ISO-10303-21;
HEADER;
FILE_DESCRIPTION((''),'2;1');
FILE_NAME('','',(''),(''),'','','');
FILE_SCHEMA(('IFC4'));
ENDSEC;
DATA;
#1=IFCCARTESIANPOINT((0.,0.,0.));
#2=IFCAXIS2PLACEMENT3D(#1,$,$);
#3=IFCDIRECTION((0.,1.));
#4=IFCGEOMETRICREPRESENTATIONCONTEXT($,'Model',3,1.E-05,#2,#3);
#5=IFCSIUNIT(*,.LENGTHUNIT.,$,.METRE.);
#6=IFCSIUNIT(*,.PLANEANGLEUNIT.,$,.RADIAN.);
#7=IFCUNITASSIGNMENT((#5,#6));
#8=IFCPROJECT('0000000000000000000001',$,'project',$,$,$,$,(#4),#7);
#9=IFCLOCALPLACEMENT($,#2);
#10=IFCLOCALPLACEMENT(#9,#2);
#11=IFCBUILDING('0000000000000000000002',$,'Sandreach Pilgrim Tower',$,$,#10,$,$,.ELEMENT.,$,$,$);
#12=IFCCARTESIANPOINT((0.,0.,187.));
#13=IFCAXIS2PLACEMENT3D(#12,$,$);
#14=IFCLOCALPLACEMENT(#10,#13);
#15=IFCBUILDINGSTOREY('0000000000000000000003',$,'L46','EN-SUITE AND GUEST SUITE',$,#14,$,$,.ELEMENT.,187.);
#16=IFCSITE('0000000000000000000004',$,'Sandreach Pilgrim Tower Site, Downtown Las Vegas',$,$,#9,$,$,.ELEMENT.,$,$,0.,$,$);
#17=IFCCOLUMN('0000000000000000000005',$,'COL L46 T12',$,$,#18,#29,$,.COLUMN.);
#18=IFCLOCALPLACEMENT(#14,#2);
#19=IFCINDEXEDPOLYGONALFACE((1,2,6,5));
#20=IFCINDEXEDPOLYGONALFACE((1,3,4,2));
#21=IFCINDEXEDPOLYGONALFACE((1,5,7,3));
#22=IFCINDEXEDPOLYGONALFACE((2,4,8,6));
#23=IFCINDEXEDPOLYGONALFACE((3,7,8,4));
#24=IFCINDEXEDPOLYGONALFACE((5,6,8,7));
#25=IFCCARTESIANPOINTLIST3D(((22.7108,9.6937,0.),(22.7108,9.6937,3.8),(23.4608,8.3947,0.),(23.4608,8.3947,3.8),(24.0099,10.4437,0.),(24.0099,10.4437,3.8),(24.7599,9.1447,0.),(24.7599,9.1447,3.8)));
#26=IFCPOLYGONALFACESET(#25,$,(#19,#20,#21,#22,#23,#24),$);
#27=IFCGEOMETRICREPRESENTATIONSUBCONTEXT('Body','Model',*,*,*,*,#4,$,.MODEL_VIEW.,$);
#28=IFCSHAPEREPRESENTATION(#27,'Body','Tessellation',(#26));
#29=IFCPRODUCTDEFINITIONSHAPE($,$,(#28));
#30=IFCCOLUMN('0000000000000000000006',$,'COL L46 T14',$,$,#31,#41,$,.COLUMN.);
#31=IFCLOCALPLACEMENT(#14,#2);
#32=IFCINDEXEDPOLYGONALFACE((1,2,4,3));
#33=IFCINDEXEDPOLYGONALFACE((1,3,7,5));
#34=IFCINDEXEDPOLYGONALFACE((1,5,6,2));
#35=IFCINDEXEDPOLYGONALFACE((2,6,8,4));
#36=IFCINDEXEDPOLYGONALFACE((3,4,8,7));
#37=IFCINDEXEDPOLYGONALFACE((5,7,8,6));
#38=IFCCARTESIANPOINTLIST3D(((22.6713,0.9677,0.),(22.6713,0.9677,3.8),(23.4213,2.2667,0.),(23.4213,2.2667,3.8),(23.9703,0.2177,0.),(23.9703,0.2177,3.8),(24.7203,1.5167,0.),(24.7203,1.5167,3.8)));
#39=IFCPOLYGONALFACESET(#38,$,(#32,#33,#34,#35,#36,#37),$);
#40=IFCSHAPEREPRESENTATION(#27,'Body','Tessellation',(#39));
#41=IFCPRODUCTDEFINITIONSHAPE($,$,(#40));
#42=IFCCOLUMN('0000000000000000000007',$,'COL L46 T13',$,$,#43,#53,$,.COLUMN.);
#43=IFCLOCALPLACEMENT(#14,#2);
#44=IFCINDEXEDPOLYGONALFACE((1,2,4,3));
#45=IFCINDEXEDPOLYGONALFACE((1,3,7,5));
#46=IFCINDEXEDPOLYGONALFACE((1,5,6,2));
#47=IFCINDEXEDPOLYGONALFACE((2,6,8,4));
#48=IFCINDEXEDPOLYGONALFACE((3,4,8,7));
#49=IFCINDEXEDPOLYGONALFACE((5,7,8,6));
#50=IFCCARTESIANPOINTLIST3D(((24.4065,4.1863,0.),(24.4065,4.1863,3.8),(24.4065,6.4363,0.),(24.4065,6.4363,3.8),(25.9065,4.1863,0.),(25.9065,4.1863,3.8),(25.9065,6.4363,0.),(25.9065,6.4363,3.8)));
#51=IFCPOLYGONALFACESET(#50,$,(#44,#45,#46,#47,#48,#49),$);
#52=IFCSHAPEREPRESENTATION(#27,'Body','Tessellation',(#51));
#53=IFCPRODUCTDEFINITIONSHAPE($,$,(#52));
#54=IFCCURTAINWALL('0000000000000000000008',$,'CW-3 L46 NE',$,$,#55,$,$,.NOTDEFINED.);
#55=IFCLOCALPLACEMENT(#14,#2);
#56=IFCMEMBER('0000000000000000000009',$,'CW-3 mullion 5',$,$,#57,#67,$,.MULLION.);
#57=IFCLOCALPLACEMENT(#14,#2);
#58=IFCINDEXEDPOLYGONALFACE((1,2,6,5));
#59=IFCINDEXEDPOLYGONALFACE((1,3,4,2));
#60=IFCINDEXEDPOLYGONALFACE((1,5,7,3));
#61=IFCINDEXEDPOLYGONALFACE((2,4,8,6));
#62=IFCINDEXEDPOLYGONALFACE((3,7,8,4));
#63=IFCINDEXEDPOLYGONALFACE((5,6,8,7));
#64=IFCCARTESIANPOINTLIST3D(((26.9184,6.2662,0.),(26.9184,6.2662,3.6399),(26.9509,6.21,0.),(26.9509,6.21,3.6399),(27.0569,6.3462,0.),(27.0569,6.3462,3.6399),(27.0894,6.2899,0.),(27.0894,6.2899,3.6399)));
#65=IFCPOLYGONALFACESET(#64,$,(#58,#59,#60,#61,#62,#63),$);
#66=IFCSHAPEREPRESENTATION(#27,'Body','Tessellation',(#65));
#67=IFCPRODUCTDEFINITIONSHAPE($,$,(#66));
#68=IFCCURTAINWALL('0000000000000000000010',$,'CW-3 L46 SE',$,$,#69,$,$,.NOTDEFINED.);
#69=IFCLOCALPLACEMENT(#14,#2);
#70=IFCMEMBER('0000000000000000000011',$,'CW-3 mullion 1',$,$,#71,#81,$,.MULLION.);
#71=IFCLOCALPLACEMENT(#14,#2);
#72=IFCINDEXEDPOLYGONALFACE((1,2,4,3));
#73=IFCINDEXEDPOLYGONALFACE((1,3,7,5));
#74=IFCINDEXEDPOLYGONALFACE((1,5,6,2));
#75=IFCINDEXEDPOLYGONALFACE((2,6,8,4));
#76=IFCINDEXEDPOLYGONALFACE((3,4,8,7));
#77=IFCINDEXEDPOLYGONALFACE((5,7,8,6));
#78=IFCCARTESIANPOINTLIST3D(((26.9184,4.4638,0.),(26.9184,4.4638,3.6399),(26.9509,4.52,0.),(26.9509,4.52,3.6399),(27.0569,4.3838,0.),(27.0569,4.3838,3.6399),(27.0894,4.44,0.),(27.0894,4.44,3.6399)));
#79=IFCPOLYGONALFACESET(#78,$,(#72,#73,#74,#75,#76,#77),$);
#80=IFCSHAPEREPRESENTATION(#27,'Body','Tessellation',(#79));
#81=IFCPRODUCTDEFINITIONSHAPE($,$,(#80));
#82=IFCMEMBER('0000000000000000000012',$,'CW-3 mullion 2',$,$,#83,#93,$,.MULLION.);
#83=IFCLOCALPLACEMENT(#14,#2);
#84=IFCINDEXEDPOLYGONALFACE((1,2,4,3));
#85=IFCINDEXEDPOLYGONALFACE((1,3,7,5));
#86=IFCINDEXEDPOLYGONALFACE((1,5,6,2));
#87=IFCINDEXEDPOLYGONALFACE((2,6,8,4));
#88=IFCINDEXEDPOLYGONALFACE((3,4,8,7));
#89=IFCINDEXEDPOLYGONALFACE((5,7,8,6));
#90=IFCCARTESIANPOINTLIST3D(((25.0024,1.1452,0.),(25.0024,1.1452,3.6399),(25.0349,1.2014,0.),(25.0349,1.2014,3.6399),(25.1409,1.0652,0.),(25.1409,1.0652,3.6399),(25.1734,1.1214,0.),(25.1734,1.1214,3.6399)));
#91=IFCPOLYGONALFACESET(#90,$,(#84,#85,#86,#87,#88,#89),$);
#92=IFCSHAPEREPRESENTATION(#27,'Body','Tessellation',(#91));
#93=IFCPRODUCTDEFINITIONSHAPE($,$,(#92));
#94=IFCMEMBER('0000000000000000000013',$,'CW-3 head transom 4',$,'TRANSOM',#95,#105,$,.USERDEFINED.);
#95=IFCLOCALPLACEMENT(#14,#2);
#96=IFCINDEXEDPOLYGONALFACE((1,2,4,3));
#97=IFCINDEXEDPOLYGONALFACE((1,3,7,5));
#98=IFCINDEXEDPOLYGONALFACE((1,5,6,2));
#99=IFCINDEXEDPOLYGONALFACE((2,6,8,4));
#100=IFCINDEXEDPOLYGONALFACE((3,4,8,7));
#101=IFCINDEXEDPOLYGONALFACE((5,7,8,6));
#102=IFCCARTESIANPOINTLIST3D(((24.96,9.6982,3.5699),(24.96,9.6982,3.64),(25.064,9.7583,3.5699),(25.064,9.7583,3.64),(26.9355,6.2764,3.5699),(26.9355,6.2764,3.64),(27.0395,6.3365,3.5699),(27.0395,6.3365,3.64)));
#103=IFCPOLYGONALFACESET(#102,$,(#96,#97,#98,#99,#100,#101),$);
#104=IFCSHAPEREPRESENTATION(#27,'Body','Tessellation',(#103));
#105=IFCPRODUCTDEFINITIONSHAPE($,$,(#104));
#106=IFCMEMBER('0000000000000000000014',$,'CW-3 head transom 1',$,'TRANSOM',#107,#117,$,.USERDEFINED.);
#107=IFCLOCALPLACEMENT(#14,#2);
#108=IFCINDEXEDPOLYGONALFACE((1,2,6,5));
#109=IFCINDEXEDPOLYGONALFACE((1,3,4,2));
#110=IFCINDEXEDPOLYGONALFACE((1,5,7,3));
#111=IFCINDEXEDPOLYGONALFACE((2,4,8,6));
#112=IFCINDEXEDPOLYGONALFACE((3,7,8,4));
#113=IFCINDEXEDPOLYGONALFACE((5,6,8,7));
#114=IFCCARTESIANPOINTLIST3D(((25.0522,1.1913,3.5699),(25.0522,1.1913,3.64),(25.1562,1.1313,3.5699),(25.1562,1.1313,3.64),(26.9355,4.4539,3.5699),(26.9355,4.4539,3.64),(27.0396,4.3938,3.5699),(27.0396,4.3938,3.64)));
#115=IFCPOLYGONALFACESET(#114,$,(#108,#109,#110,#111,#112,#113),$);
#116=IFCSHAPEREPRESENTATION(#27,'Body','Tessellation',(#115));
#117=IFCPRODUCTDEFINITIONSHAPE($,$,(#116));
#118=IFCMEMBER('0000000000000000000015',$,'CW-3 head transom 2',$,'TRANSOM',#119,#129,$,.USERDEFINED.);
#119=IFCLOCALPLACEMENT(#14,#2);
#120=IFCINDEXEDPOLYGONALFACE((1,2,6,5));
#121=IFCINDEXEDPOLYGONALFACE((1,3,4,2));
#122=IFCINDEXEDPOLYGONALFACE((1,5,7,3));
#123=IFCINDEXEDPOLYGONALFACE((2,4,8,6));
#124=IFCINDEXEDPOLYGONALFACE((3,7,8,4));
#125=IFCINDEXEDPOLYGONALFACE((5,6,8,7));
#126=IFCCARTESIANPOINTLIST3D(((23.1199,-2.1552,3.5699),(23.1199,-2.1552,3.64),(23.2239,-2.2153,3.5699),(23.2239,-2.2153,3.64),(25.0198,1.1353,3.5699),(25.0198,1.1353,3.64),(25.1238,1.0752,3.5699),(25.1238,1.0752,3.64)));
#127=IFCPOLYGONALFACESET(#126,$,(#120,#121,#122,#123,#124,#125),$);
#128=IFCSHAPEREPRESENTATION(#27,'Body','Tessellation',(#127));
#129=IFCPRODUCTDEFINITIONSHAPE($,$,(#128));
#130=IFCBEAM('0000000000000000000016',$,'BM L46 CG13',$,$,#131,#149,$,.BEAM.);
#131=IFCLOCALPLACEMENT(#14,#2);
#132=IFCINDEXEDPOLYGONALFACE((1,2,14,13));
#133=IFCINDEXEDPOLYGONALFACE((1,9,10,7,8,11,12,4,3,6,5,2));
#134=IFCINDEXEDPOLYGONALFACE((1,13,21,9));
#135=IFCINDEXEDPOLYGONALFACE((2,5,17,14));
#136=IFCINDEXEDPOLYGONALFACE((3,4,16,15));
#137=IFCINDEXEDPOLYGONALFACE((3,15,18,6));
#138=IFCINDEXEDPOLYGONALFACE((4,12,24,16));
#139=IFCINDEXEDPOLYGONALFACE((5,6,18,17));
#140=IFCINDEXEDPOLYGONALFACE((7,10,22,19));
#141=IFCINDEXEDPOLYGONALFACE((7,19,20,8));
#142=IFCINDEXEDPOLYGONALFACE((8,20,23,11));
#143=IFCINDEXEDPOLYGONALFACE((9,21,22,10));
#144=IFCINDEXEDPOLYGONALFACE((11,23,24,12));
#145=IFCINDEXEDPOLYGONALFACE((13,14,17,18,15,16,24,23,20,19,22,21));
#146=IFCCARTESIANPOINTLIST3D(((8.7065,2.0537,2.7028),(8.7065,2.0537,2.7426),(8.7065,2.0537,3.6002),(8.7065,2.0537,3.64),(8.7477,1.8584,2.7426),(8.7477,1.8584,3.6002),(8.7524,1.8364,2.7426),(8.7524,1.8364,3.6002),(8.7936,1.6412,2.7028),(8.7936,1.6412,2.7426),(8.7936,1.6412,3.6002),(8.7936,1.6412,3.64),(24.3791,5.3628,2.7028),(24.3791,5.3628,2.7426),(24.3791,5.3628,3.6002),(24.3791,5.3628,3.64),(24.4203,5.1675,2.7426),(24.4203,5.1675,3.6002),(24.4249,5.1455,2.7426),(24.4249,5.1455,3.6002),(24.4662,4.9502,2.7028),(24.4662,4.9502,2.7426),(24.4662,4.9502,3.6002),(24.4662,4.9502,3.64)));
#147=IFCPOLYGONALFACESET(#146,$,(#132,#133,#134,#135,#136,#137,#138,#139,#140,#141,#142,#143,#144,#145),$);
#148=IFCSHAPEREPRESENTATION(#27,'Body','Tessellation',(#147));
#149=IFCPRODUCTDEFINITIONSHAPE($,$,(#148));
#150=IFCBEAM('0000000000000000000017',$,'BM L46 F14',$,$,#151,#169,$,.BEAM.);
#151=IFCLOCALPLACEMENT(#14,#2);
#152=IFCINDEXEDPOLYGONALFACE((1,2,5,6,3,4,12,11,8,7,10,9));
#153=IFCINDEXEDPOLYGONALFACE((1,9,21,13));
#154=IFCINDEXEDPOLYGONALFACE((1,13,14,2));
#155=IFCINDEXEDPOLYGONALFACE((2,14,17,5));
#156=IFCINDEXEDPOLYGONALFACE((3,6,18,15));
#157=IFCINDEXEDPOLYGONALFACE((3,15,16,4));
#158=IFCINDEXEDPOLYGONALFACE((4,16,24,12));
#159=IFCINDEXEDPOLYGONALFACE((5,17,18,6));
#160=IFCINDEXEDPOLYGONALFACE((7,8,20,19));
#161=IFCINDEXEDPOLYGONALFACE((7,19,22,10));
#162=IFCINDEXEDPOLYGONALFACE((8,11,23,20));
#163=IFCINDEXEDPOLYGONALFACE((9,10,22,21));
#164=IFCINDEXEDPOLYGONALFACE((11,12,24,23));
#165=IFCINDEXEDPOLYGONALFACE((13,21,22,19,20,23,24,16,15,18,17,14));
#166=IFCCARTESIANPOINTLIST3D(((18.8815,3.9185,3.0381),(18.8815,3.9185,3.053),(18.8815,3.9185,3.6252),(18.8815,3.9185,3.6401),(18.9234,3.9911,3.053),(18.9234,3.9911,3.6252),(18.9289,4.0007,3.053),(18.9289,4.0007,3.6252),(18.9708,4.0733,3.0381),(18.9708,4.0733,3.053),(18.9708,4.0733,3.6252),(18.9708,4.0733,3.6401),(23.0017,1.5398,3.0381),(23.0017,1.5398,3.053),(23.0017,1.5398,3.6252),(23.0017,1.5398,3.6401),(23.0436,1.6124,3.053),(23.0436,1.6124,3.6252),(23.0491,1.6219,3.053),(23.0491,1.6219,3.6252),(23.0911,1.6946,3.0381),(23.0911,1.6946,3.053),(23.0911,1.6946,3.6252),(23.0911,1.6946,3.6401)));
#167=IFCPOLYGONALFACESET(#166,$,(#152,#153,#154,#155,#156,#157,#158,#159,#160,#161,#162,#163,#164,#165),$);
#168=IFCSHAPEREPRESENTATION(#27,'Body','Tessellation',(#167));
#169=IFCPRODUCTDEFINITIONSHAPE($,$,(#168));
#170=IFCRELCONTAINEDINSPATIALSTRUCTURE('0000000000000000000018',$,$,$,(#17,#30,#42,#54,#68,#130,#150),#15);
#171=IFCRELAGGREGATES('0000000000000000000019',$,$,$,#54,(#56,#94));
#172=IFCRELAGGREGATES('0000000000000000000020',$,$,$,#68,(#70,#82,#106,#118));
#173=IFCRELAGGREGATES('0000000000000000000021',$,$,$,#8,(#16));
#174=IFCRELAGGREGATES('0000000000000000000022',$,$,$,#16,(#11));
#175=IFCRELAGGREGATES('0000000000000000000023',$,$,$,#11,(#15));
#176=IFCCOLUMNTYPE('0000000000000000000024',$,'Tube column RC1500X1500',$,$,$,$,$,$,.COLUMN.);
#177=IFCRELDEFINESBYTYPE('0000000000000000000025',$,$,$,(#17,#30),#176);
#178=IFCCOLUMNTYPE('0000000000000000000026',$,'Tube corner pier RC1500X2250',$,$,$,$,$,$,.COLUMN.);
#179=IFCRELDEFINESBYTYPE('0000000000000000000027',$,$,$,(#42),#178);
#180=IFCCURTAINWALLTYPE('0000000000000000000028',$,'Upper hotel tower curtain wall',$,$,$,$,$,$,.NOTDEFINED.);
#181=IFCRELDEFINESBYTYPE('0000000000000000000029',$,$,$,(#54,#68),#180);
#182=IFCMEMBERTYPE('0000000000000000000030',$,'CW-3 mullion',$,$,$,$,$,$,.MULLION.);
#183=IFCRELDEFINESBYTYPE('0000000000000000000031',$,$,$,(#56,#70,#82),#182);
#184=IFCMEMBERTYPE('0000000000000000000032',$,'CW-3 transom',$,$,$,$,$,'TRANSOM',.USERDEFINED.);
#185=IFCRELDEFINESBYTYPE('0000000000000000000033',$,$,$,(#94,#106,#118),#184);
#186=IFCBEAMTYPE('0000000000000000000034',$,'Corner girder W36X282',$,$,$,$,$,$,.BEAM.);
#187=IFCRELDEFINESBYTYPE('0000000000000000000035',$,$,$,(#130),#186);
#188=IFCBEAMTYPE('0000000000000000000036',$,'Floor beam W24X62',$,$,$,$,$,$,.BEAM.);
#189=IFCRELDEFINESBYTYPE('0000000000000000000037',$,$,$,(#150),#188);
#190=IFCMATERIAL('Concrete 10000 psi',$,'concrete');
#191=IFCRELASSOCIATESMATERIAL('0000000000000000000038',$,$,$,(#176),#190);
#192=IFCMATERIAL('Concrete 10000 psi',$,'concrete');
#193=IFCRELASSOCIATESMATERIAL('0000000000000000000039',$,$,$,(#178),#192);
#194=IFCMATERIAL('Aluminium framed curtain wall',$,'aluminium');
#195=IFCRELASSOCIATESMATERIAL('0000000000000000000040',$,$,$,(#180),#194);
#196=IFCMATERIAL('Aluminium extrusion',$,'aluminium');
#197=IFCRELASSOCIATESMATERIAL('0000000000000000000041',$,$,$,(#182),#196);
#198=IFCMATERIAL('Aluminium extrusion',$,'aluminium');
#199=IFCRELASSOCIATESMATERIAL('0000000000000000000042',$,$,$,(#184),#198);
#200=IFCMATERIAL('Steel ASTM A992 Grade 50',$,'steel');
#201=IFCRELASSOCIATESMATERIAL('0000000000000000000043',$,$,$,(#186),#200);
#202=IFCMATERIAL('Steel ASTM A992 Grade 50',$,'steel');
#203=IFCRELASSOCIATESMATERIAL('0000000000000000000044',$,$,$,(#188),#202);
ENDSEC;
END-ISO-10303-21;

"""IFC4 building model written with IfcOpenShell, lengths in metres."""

from ifc_helpers import new_model, si_unit, direction, frame, origin, origin_2d, place, context, subcontext, project, spatial, rectangle, i_section, extrude, material, material_profile, profile_set, type_object, element, aggregate, save


model = new_model("IFC4")

# Units and contexts
model_context = context("Model", 3, precision=1e-05, world=origin(), true_north=direction((0.0, 1.0)))
body_context = subcontext(model_context, "Body", "Model", "MODEL_VIEW")
ifc_project = project(units=[si_unit("LENGTHUNIT", "METRE"), si_unit("PLANEANGLEUNIT", "RADIAN")], contexts=[model_context])

# Site, building, storey
site_placement = place(None, origin())
site = spatial("IfcSite", under=ifc_project, at=site_placement, Name="Sandreach Pilgrim Tower Site, Downtown Las Vegas", CompositionType="ELEMENT", RefElevation=0.0)
building_placement = place(site_placement, origin())
building = spatial("IfcBuilding", under=site, at=building_placement, Name="Sandreach Pilgrim Tower", CompositionType="ELEMENT")
storey_placement = place(building_placement, frame((0.0, 0.0, 187.0)))
storey = spatial("IfcBuildingStorey", under=building, at=storey_placement, Name="L46", Description="EN-SUITE AND GUEST SUITE", CompositionType="ELEMENT", Elevation=187.0)

# Columns
ifc_material_1 = material(Name="Concrete 10000 psi", Category="concrete")
ifc_material_profile_1 = material_profile(ifc_material_1, rectangle(XDim=1.5, YDim=1.5, at=origin_2d()), Name="RC1500X1500")
ifc_profile_set_1 = profile_set([ifc_material_profile_1], Name="Concrete 10000 psi")
column_type_1 = type_object("IfcColumnType", Name="Tube column RC1500X1500", PredefinedType="COLUMN", material=ifc_profile_set_1)
for number, where, z_axis, x_axis, name in (
    (1, (23.7354, 9.4192, 0.0), (0.0, 0.0, 1.0), (0.866025, 0.5, 0.0), "COL L46 T12"),
    (2, (23.6958, 1.2422, 0.0), (0.0, 0.0, 1.0), (0.866025, -0.5, 0.0), "COL L46 T14"),
):
    element("IfcColumn", number, at=place(storey_placement, frame(where, z_axis=z_axis, x_axis=x_axis)), inside=storey, type_object=column_type_1, Name=name, PredefinedType="COLUMN", context=body_context, shape_type="SweptSolid", body=[
        extrude(rectangle(XDim=1.5, YDim=1.5, at=origin_2d()), origin(), (0.0, 0.0, 1.0), 3.8),
    ])
ifc_material_2 = material(Name="Concrete 10000 psi", Category="concrete")
ifc_material_profile_2 = material_profile(ifc_material_2, rectangle(XDim=1.5, YDim=2.25, at=origin_2d()), Name="RC1500X2250")
ifc_profile_set_2 = profile_set([ifc_material_profile_2], Name="Concrete 10000 psi")
column_type_2 = type_object("IfcColumnType", Name="Tube corner pier RC1500X2250", PredefinedType="COLUMN", material=ifc_profile_set_2)
column_placement = place(storey_placement, frame((25.1565, 5.3113, 0.0), z_axis=(0.0, 0.0, 1.0), x_axis=(1.0, 0.0, 0.0)))
element("IfcColumn", 3, at=column_placement, inside=storey, type_object=column_type_2, Name="COL L46 T13", PredefinedType="COLUMN", context=body_context, shape_type="SweptSolid", body=[
    extrude(rectangle(XDim=1.5, YDim=2.25, at=origin_2d()), origin(), (0.0, 0.0, 1.0), 3.8),
])

# Curtain wall, member
ifc_material_3 = material(Name="Aluminium framed curtain wall", Category="aluminium")
curtain_wall_type = type_object("IfcCurtainWallType", Name="Upper hotel tower curtain wall", PredefinedType="NOTDEFINED", material=ifc_material_3)
curtain_wall_1_placement = place(storey_placement, origin())
curtain_wall_1 = element("IfcCurtainWall", 4, at=curtain_wall_1_placement, inside=storey, type_object=curtain_wall_type, Name="CW-3 L46 NE", PredefinedType="NOTDEFINED")
ifc_material_4 = material(Name="Aluminium extrusion", Category="aluminium")
ifc_material_profile_3 = material_profile(ifc_material_4, rectangle(XDim=0.0649, YDim=0.1599, at=origin_2d()), Name="CW-3M 65X160")
ifc_profile_set_3 = profile_set([ifc_material_profile_3], Name="Aluminium extrusion")
member_type_1 = type_object("IfcMemberType", Name="CW-3 mullion", PredefinedType="MULLION", material=ifc_profile_set_3)
member_1_placement = place(storey_placement, frame((27.0039, 6.2781, 0.0), z_axis=(0.0, 0.0, 1.0), x_axis=(0.5, -0.866025, 0.0)))
member_1 = element("IfcMember", 5, at=member_1_placement, type_object=member_type_1, Name="CW-3 mullion 5", PredefinedType="MULLION", context=body_context, shape_type="SweptSolid", body=[
    extrude(rectangle(XDim=0.0649, YDim=0.1599, at=origin_2d()), origin(), (0.0, 0.0, 1.0), 3.6399),
])

# Curtain wall, members
curtain_wall_2_placement = place(storey_placement, origin())
curtain_wall_2 = element("IfcCurtainWall", 6, at=curtain_wall_2_placement, inside=storey, type_object=curtain_wall_type, Name="CW-3 L46 SE", PredefinedType="NOTDEFINED")
member_2_placement = place(storey_placement, frame((27.0039, 4.4519, 0.0), z_axis=(0.0, 0.0, 1.0), x_axis=(-0.5, -0.866025, 0.0)))
member_2 = element("IfcMember", 7, at=member_2_placement, type_object=member_type_1, Name="CW-3 mullion 1", PredefinedType="MULLION", context=body_context, shape_type="SweptSolid", body=[
    extrude(rectangle(XDim=0.0649, YDim=0.1599, at=origin_2d()), origin(), (0.0, 0.0, 1.0), 3.6399),
])
member_3_placement = place(storey_placement, frame((25.0879, 1.1333, 0.0), z_axis=(0.0, 0.0, 1.0), x_axis=(-0.5, -0.866025, 0.0)))
member_3 = element("IfcMember", 8, at=member_3_placement, type_object=member_type_1, Name="CW-3 mullion 2", PredefinedType="MULLION", context=body_context, shape_type="SweptSolid", body=[
    extrude(rectangle(XDim=0.0649, YDim=0.1599, at=origin_2d()), origin(), (0.0, 0.0, 1.0), 3.6399),
])

# Members
ifc_material_5 = material(Name="Aluminium extrusion", Category="aluminium")
ifc_material_profile_4 = material_profile(ifc_material_5, rectangle(XDim=0.1201, YDim=0.0701, at=origin_2d()), Name="CW-3T 120X70")
ifc_profile_set_4 = profile_set([ifc_material_profile_4], Name="Aluminium extrusion")
member_type_2 = type_object("IfcMemberType", Name="CW-3 transom", ElementType="TRANSOM", PredefinedType="USERDEFINED", material=ifc_profile_set_4)
member_4_placement = place(storey_placement, frame((25.012, 9.7283, 3.605), z_axis=(0.499993, -0.866029, 0.0), x_axis=(0.866029, 0.499993, 0.0)))
member_4 = element("IfcMember", 9, at=member_4_placement, type_object=member_type_2, Name="CW-3 head transom 4", ObjectType="TRANSOM", PredefinedType="USERDEFINED", context=body_context, shape_type="SweptSolid", body=[
    extrude(rectangle(XDim=0.1201, YDim=0.0701, at=origin_2d()), origin(), (0.0, 0.0, 1.0), 3.9512),
])
member_5_placement = place(storey_placement, frame((26.9875, 4.4238, 3.605), z_axis=(-0.499945, -0.866057, 0.0), x_axis=(0.866057, -0.499945, 0.0)))
member_5 = element("IfcMember", 10, at=member_5_placement, type_object=member_type_2, Name="CW-3 head transom 1", ObjectType="TRANSOM", PredefinedType="USERDEFINED", context=body_context, shape_type="SweptSolid", body=[
    extrude(rectangle(XDim=0.1201, YDim=0.0701, at=origin_2d()), origin(), (0.0, 0.0, 1.0), 3.7671),
])
member_6_placement = place(storey_placement, frame((25.0718, 1.1052, 3.605), z_axis=(-0.500023, -0.866012, 0.0), x_axis=(0.866012, -0.500023, 0.0)))
member_6 = element("IfcMember", 11, at=member_6_placement, type_object=member_type_2, Name="CW-3 head transom 2", ObjectType="TRANSOM", PredefinedType="USERDEFINED", context=body_context, shape_type="SweptSolid", body=[
    extrude(rectangle(XDim=0.1201, YDim=0.0701, at=origin_2d()), origin(), (0.0, 0.0, 1.0), 3.7996),
])

# Beams
ifc_material_6 = material(Name="Steel ASTM A992 Grade 50", Category="steel")
ifc_material_profile_5 = material_profile(ifc_material_6, i_section(OverallWidth=0.4216, OverallDepth=0.9373, WebThickness=0.0225, FlangeThickness=0.0398, at=origin_2d()), Name="W36X282")
ifc_profile_set_5 = profile_set([ifc_material_profile_5], Name="Steel ASTM A992 Grade 50")
beam_type_1 = type_object("IfcBeamType", Name="Corner girder W36X282", PredefinedType="BEAM", material=ifc_profile_set_5)
beam_1_placement = place(storey_placement, frame((24.4226, 5.1565, 3.1714), z_axis=(-0.978429, -0.206583, 0.0), x_axis=(0.206583, -0.978429, 0.0)))
element("IfcBeam", 12, at=beam_1_placement, inside=storey, type_object=beam_type_1, Name="BM L46 CG13", PredefinedType="BEAM", context=body_context, shape_type="SweptSolid", body=[
    extrude(i_section(OverallWidth=0.4216, OverallDepth=0.9373, WebThickness=0.0225, FlangeThickness=0.0398, at=origin_2d()), origin(), (0.0, 0.0, 1.0), 16.0181),
])
ifc_material_7 = material(Name="Steel ASTM A992 Grade 50", Category="steel")
ifc_material_profile_6 = material_profile(ifc_material_7, i_section(OverallWidth=0.1787, OverallDepth=0.6021, WebThickness=0.011, FlangeThickness=0.0149, at=origin_2d()), Name="W24X62")
ifc_profile_set_6 = profile_set([ifc_material_profile_6], Name="Steel ASTM A992 Grade 50")
beam_type_2 = type_object("IfcBeamType", Name="Floor beam W24X62", PredefinedType="BEAM", material=ifc_profile_set_6)
beam_2_placement = place(storey_placement, frame((23.0464, 1.6172, 3.3391), z_axis=(-0.866033, 0.499986, 0.0), x_axis=(-0.499986, -0.866033, 0.0)))
element("IfcBeam", 13, at=beam_2_placement, inside=storey, type_object=beam_type_2, Name="BM L46 F14", PredefinedType="BEAM", context=body_context, shape_type="SweptSolid", body=[
    extrude(i_section(OverallWidth=0.1787, OverallDepth=0.6021, WebThickness=0.011, FlangeThickness=0.0149, at=origin_2d()), origin(), (0.0, 0.0, 1.0), 4.7576),
])

aggregate(curtain_wall_1, [member_1, member_4])
aggregate(curtain_wall_2, [member_2, member_3, member_5, member_6])

save(model, "model.ifc")
